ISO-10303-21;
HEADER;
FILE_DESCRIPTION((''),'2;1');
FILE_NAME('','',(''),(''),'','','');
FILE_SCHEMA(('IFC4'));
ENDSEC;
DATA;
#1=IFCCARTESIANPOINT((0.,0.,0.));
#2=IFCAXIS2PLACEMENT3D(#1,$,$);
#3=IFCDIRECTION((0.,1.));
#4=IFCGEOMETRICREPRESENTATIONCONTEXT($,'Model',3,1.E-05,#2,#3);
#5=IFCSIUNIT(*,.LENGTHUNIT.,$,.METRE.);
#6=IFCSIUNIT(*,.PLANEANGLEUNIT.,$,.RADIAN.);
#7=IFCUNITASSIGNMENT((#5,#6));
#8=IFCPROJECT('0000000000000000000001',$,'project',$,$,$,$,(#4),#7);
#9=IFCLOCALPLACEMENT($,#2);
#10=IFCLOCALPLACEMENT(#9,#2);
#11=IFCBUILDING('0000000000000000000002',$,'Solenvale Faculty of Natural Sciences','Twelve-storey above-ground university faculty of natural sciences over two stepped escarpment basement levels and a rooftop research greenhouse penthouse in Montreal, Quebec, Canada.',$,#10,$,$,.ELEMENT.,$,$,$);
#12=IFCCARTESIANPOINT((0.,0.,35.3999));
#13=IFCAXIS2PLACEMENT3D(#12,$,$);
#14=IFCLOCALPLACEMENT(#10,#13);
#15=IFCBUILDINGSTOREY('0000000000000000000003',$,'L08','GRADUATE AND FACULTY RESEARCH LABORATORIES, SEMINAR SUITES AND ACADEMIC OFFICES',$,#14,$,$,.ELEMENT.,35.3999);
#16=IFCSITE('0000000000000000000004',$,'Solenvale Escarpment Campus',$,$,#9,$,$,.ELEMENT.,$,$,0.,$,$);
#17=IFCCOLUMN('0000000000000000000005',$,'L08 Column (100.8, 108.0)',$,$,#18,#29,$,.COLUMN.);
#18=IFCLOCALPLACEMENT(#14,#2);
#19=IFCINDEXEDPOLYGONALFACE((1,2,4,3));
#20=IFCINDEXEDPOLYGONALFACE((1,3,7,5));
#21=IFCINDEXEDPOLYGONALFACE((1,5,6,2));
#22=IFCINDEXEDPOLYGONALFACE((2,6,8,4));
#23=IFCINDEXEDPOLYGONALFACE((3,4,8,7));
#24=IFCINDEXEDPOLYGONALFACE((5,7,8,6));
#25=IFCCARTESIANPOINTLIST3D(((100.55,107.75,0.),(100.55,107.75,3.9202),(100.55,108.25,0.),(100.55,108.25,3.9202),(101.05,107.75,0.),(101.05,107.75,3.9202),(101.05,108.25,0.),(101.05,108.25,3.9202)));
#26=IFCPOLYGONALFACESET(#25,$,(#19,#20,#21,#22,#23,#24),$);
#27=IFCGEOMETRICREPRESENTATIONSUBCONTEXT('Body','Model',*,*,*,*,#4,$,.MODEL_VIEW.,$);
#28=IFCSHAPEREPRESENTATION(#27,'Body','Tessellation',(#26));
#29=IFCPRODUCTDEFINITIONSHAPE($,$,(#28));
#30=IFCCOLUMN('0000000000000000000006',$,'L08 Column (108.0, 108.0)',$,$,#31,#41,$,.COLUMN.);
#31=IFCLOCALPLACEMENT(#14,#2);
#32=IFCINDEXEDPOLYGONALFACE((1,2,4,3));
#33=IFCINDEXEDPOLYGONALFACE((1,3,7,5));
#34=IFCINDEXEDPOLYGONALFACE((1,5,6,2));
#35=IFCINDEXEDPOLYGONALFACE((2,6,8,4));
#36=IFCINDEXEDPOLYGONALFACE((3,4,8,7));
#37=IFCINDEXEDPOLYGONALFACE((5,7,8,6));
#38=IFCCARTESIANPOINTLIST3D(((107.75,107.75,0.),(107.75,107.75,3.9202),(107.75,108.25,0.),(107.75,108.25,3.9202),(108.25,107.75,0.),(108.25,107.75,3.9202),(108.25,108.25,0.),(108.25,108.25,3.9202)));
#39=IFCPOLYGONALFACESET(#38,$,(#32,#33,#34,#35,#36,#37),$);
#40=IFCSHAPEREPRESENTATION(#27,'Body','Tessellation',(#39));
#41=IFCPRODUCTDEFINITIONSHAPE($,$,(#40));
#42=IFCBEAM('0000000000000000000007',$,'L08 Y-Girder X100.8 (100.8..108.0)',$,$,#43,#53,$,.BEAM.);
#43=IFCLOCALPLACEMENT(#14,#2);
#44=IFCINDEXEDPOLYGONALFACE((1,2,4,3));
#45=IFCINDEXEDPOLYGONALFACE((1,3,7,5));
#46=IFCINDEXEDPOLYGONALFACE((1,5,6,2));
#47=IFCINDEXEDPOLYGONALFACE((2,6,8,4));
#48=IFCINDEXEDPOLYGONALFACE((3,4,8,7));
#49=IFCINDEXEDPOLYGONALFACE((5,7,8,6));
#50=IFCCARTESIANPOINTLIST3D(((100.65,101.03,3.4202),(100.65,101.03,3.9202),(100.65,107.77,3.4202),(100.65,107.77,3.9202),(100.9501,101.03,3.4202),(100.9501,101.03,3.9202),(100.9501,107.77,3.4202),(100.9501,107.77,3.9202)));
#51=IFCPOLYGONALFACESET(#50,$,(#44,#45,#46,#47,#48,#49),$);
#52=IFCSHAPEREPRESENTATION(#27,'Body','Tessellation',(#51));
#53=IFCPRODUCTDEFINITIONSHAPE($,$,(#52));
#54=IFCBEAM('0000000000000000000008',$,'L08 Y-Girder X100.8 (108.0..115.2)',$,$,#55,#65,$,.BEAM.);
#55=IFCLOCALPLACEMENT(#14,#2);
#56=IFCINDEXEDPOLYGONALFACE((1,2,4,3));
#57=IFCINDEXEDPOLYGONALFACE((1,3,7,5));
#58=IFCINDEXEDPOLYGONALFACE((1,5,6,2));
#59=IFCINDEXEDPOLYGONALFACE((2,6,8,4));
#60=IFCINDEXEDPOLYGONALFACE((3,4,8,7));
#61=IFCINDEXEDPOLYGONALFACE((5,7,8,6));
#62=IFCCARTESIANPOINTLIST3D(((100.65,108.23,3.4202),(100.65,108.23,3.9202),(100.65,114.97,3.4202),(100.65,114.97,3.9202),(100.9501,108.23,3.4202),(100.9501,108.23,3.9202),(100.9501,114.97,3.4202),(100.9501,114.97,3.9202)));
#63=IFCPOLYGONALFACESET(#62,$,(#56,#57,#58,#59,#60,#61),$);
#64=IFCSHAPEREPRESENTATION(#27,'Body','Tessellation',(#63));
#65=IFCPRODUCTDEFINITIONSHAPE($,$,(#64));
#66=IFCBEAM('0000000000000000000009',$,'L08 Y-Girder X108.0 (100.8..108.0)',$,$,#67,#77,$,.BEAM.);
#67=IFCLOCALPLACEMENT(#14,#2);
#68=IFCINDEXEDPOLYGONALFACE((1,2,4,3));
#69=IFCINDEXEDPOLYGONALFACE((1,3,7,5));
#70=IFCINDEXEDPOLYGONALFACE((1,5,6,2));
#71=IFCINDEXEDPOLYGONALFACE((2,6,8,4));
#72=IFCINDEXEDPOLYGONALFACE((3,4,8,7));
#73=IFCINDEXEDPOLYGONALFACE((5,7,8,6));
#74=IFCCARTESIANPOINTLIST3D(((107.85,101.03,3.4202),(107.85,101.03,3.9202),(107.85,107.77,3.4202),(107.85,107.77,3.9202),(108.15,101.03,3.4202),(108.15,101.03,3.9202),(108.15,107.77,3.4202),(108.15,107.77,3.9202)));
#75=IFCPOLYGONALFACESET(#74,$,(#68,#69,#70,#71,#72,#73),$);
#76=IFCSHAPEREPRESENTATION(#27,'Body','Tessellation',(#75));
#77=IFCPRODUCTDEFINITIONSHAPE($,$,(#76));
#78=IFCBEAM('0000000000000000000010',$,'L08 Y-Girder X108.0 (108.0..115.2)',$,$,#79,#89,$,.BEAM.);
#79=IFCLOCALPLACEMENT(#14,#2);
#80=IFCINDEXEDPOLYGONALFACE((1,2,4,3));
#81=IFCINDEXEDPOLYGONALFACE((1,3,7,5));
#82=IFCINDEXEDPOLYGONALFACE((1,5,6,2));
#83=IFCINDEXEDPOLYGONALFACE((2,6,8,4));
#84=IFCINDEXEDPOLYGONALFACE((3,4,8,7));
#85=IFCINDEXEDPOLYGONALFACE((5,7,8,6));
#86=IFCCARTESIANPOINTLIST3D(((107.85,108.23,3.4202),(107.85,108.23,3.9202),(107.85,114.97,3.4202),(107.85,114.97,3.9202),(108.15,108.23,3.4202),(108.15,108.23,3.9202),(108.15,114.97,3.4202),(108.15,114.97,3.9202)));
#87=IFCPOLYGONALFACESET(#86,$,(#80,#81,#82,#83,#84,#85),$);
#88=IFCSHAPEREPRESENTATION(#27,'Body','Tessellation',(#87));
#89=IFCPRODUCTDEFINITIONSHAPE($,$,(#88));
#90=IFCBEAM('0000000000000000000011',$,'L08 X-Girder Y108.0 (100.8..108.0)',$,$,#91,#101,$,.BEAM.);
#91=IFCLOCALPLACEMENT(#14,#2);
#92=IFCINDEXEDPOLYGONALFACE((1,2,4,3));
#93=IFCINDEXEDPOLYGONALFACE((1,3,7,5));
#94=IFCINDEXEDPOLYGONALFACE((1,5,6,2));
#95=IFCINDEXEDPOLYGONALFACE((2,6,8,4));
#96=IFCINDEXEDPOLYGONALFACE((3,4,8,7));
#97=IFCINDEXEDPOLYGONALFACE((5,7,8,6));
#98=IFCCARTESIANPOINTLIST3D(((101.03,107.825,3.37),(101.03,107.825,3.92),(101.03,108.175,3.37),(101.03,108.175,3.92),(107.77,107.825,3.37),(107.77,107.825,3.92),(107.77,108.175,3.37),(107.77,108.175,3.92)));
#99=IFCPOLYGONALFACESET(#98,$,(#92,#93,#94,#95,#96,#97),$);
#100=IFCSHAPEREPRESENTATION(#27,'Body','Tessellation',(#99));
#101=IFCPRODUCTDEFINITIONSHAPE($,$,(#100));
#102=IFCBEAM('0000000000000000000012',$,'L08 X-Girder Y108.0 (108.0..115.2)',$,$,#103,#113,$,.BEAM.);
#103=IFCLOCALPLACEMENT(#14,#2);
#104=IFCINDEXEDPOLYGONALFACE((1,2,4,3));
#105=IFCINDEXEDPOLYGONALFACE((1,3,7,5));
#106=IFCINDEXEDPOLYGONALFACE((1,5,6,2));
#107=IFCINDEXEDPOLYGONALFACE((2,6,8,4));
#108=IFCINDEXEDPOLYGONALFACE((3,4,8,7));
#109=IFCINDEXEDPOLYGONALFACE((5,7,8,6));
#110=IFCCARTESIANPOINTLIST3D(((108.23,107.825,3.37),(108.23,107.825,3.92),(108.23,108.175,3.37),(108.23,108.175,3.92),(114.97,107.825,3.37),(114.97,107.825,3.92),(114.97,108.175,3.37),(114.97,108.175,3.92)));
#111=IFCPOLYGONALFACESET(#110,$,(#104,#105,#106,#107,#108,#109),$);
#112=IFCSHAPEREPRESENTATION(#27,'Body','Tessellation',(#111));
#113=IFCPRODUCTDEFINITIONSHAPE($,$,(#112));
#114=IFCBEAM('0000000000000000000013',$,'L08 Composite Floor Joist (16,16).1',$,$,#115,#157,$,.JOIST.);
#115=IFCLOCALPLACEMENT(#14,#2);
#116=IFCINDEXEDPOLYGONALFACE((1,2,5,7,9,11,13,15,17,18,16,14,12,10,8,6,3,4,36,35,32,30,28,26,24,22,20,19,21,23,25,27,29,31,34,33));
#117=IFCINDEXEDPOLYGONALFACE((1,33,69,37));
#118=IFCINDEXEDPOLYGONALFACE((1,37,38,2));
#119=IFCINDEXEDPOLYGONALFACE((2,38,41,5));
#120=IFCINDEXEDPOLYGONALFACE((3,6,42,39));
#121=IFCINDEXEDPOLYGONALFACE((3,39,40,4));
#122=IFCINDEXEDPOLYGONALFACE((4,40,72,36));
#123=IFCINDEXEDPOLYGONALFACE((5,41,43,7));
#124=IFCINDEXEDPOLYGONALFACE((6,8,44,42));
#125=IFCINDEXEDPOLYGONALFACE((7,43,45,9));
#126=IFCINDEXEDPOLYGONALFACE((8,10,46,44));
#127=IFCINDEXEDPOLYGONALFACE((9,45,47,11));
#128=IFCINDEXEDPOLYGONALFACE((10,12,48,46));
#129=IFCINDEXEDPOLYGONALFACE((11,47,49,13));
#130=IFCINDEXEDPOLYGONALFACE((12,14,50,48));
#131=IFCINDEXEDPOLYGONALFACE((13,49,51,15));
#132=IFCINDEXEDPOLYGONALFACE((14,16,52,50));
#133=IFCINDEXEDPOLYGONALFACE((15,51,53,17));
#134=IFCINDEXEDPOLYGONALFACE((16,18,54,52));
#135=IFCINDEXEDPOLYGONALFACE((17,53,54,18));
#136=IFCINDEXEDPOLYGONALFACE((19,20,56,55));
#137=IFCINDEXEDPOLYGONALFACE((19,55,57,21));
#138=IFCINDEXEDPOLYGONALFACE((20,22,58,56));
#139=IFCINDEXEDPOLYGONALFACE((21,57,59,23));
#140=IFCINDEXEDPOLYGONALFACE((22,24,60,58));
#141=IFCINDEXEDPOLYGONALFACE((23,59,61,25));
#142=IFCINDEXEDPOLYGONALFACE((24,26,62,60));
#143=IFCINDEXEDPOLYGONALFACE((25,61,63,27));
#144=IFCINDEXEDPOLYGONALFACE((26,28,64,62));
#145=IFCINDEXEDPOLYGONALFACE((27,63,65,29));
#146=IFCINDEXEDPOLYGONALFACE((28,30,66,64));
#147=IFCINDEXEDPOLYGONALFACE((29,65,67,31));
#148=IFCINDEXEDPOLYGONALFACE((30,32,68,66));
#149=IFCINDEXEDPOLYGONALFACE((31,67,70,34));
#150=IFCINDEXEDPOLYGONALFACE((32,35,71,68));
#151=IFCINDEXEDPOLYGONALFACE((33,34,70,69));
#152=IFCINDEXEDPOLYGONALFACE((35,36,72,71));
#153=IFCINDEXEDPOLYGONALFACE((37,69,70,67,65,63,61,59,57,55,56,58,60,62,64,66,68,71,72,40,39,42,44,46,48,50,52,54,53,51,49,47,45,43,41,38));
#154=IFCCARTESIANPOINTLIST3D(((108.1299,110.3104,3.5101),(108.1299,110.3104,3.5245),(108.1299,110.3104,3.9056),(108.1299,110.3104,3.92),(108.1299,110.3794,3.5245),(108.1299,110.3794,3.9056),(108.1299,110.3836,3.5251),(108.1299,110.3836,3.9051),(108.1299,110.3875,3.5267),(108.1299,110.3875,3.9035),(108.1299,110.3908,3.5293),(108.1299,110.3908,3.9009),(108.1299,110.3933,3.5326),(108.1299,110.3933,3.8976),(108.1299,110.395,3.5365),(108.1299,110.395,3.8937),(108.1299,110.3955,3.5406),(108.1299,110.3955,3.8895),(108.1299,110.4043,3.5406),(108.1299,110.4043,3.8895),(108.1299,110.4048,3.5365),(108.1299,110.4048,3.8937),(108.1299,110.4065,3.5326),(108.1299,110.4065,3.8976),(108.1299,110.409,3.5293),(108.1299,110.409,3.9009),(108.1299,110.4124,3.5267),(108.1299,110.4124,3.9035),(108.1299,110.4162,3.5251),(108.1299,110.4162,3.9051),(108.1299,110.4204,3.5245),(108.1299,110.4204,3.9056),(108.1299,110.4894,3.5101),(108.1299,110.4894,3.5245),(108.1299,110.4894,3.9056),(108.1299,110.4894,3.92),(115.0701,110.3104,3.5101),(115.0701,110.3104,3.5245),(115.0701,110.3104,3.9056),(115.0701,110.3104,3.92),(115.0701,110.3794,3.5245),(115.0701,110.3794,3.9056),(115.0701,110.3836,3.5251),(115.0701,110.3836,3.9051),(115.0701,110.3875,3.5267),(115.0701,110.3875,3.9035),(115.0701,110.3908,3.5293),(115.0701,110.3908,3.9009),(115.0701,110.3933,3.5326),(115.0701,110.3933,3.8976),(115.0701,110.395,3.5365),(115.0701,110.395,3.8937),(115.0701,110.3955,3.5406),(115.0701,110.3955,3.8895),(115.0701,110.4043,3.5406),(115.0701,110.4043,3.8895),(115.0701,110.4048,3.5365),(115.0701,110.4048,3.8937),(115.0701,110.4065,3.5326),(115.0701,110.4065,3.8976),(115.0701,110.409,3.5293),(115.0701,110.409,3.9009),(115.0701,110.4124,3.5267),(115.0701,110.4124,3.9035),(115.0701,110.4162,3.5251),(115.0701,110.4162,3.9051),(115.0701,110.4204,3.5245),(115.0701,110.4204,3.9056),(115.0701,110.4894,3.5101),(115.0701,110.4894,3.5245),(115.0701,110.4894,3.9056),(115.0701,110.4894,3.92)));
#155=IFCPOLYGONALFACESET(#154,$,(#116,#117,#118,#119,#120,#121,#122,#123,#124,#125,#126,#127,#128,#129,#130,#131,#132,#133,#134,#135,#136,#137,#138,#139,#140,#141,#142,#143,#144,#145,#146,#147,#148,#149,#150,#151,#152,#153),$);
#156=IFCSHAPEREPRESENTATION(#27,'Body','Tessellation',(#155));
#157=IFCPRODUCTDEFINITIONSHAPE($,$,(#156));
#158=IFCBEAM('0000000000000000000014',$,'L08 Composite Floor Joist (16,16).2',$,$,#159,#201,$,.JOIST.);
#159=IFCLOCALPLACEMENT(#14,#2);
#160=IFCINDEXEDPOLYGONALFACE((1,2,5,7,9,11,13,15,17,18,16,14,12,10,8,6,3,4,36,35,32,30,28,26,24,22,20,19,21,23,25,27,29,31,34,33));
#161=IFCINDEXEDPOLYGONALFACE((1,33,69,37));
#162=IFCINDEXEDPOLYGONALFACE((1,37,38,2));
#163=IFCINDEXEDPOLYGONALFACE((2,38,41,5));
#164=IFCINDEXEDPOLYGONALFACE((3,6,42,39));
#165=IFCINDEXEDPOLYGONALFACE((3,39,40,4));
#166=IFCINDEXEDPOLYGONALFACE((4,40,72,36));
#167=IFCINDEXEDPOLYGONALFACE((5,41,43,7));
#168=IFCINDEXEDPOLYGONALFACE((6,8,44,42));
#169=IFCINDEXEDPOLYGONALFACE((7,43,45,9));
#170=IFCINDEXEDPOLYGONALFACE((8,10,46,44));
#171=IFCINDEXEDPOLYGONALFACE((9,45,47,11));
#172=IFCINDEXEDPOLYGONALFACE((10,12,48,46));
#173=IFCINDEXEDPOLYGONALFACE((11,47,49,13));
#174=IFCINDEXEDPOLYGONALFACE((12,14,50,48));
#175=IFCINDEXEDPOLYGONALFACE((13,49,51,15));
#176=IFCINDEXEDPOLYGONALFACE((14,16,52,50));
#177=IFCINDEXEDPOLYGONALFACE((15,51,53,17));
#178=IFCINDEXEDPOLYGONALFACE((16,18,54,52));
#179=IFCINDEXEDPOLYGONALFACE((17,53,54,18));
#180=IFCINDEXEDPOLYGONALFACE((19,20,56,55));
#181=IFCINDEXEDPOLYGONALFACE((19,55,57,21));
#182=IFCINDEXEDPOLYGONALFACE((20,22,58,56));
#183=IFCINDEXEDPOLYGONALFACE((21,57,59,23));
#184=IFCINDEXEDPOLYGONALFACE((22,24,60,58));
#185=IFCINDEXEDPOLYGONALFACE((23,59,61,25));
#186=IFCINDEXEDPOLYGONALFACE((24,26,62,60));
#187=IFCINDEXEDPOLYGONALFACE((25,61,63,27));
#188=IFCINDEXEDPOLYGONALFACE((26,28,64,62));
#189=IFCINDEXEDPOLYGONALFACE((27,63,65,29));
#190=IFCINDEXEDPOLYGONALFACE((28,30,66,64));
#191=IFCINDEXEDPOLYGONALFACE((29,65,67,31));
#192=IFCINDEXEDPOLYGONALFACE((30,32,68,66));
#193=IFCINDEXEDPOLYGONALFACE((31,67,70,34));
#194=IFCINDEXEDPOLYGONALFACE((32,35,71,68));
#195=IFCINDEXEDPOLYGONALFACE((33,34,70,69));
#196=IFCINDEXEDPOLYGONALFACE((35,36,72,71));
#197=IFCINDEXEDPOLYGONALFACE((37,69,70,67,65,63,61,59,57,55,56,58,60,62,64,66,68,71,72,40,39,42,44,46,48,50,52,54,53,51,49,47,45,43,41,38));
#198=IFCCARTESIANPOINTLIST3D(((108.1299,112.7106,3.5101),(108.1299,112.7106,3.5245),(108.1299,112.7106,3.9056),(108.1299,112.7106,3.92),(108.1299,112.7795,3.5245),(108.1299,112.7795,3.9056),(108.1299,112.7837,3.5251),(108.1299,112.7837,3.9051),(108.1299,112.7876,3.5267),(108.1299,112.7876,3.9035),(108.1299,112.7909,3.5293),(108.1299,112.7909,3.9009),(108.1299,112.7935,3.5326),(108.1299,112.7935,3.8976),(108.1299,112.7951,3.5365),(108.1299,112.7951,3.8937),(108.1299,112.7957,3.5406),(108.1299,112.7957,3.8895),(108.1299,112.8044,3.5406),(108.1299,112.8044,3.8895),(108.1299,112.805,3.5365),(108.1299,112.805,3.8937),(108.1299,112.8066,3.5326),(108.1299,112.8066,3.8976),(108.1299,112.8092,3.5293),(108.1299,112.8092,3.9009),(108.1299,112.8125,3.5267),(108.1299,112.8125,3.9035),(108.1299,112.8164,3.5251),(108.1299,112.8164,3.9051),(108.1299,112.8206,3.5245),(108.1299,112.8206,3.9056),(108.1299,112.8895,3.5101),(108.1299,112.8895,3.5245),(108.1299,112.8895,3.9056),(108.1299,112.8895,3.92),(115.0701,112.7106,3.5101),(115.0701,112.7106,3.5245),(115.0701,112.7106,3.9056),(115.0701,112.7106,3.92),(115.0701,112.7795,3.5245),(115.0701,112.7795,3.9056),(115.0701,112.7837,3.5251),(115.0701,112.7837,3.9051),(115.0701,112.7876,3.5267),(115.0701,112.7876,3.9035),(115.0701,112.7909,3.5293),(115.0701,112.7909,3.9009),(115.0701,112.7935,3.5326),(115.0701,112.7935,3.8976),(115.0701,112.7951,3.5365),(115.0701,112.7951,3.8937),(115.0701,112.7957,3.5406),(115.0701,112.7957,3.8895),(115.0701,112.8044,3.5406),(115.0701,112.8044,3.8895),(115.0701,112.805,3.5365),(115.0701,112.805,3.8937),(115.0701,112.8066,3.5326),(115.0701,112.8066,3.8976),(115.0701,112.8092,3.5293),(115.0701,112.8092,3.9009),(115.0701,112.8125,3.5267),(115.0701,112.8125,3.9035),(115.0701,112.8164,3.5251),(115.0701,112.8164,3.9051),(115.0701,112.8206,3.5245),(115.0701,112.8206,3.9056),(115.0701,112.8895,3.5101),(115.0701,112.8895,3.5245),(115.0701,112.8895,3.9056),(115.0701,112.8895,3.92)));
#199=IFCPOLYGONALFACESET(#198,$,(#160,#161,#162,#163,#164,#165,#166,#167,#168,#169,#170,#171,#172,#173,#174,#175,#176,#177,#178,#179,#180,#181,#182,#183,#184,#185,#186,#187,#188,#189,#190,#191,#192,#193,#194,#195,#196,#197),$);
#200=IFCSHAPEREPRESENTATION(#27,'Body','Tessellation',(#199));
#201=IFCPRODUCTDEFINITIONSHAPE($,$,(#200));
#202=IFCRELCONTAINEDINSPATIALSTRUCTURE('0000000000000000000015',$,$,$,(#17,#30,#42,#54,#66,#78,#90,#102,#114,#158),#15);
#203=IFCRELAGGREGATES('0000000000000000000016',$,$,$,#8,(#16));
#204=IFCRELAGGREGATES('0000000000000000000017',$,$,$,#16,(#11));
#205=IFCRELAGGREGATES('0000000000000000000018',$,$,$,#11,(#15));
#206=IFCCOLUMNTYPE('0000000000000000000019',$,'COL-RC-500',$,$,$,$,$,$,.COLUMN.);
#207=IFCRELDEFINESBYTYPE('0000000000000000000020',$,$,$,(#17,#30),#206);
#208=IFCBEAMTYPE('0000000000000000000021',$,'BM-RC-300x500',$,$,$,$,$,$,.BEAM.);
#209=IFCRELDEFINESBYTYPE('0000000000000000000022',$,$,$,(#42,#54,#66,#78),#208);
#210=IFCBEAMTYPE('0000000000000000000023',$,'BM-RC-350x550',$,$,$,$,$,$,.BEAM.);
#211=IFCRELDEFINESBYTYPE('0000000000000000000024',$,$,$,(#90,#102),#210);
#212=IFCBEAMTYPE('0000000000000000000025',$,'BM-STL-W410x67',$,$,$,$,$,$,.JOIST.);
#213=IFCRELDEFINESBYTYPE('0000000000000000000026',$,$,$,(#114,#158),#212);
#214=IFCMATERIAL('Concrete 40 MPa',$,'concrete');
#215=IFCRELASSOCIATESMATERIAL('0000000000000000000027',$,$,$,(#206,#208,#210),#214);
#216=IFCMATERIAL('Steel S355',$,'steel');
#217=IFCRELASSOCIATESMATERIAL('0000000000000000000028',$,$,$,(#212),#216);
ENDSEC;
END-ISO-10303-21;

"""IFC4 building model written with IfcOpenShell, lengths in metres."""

from ifc_helpers import new_model, si_unit, direction, frame, origin, origin_2d, place, context, subcontext, project, spatial, rectangle, i_section, extrude, material, material_profile, profile_set, type_object, element, save


model = new_model("IFC4")

# Units and contexts
model_context = context("Model", 3, precision=1e-05, world=origin(), true_north=direction((0.0, 1.0)))
body_context = subcontext(model_context, "Body", "Model", "MODEL_VIEW")
ifc_project = project(units=[si_unit("LENGTHUNIT", "METRE"), si_unit("PLANEANGLEUNIT", "RADIAN")], contexts=[model_context])

# Site, building, storey
site_placement = place(None, origin())
site = spatial("IfcSite", under=ifc_project, at=site_placement, Name="Solenvale Escarpment Campus", CompositionType="ELEMENT", RefElevation=0.0)
building_placement = place(site_placement, origin())
building = spatial("IfcBuilding", under=site, at=building_placement, Name="Solenvale Faculty of Natural Sciences", Description="Twelve-storey above-ground university faculty of natural sciences over two stepped escarpment basement levels and a rooftop research greenhouse penthouse in Montreal, Quebec, Canada.", CompositionType="ELEMENT")
storey_placement = place(building_placement, frame((0.0, 0.0, 35.3999)))
storey = spatial("IfcBuildingStorey", under=building, at=storey_placement, Name="L08", Description="GRADUATE AND FACULTY RESEARCH LABORATORIES, SEMINAR SUITES AND ACADEMIC OFFICES", CompositionType="ELEMENT", Elevation=35.3999)

# Columns
ifc_material_1 = material(Name="Concrete 40 MPa", Category="concrete")
ifc_material_profile_1 = material_profile(ifc_material_1, rectangle(XDim=0.5, YDim=0.5, at=origin_2d()), Name="RC-COL-500x500")
ifc_profile_set_1 = profile_set([ifc_material_profile_1], Name="Concrete 40 MPa")
column_type = type_object("IfcColumnType", Name="COL-RC-500", PredefinedType="COLUMN", material=ifc_profile_set_1)
for number, where, z_axis, x_axis, name in (
    (1, (100.8, 108.0, 0.0), (0.0, 0.0, 1.0), (1.0, 0.0, 0.0), "L08 Column (100.8, 108.0)"),
    (2, (108.0, 108.0, 0.0), (0.0, 0.0, 1.0), (1.0, 0.0, 0.0), "L08 Column (108.0, 108.0)"),
):
    element("IfcColumn", number, at=place(storey_placement, frame(where, z_axis=z_axis, x_axis=x_axis)), inside=storey, type_object=column_type, Name=name, PredefinedType="COLUMN", context=body_context, shape_type="SweptSolid", body=[
        extrude(rectangle(XDim=0.5, YDim=0.5, at=origin_2d()), origin(), (0.0, 0.0, 1.0), 3.9202),
    ])

# Beams
ifc_material_profile_2 = material_profile(ifc_material_1, rectangle(XDim=0.3, YDim=0.5, at=origin_2d()), Name="RC-BM-300x500")
ifc_profile_set_2 = profile_set([ifc_material_profile_2], Name="Concrete 40 MPa")
beam_type_1 = type_object("IfcBeamType", Name="BM-RC-300x500", PredefinedType="BEAM", material=ifc_profile_set_2)
for number, where, z_axis, x_axis, name in (
    (3, (100.8, 101.03, 3.6702), (0.0, 1.0, 0.0), (-1.0, 0.0, 0.0), "L08 Y-Girder X100.8 (100.8..108.0)"),
    (4, (100.8, 108.23, 3.6702), (0.0, 1.0, 0.0), (-1.0, 0.0, 0.0), "L08 Y-Girder X100.8 (108.0..115.2)"),
    (5, (108.0, 101.03, 3.6702), (0.0, 1.0, 0.0), (-1.0, 0.0, 0.0), "L08 Y-Girder X108.0 (100.8..108.0)"),
    (6, (108.0, 108.23, 3.6702), (0.0, 1.0, 0.0), (-1.0, 0.0, 0.0), "L08 Y-Girder X108.0 (108.0..115.2)"),
):
    element("IfcBeam", number, at=place(storey_placement, frame(where, z_axis=z_axis, x_axis=x_axis)), inside=storey, type_object=beam_type_1, Name=name, PredefinedType="BEAM", context=body_context, shape_type="SweptSolid", body=[
        extrude(rectangle(XDim=0.3, YDim=0.5, at=origin_2d()), origin(), (0.0, 0.0, 1.0), 6.74),
    ])
ifc_material_profile_3 = material_profile(ifc_material_1, rectangle(XDim=0.3501, YDim=0.55, at=origin_2d()), Name="RC-BM-350x550")
ifc_profile_set_3 = profile_set([ifc_material_profile_3], Name="Concrete 40 MPa")
beam_type_2 = type_object("IfcBeamType", Name="BM-RC-350x550", PredefinedType="BEAM", material=ifc_profile_set_3)
for number, where, z_axis, x_axis, name in (
    (7, (101.03, 108.0, 3.645), (1.0, 0.0, 0.0), (0.0, 1.0, 0.0), "L08 X-Girder Y108.0 (100.8..108.0)"),
    (8, (108.23, 108.0, 3.645), (1.0, 0.0, 0.0), (0.0, 1.0, 0.0), "L08 X-Girder Y108.0 (108.0..115.2)"),
):
    element("IfcBeam", number, at=place(storey_placement, frame(where, z_axis=z_axis, x_axis=x_axis)), inside=storey, type_object=beam_type_2, Name=name, PredefinedType="BEAM", context=body_context, shape_type="SweptSolid", body=[
        extrude(rectangle(XDim=0.3501, YDim=0.55, at=origin_2d()), origin(), (0.0, 0.0, 1.0), 6.74),
    ])
ifc_material_2 = material(Name="Steel S355", Category="steel")
ifc_material_profile_4 = material_profile(ifc_material_2, i_section(OverallWidth=0.179, OverallDepth=0.4099, WebThickness=0.0088, FlangeThickness=0.0144, FilletRadius=0.0161, at=origin_2d()), Name="W410x67")
ifc_profile_set_4 = profile_set([ifc_material_profile_4], Name="Steel S355")
beam_type_3 = type_object("IfcBeamType", Name="BM-STL-W410x67", PredefinedType="JOIST", material=ifc_profile_set_4)
for number, where, z_axis, x_axis, name in (
    (9, (108.1299, 110.3999, 3.7151), (1.0, 0.0, 0.0), (0.0, 1.0, 0.0), "L08 Composite Floor Joist (16,16).1"),
    (10, (108.1299, 112.8, 3.7151), (1.0, 0.0, 0.0), (0.0, 1.0, 0.0), "L08 Composite Floor Joist (16,16).2"),
):
    element("IfcBeam", number, at=place(storey_placement, frame(where, z_axis=z_axis, x_axis=x_axis)), inside=storey, type_object=beam_type_3, Name=name, PredefinedType="JOIST", context=body_context, shape_type="SweptSolid", body=[
        extrude(i_section(OverallWidth=0.179, OverallDepth=0.4099, WebThickness=0.0088, FlangeThickness=0.0144, FilletRadius=0.0161, at=origin_2d()), origin(), (0.0, 0.0, 1.0), 6.9402),
    ])

save(model, "model.ifc")
